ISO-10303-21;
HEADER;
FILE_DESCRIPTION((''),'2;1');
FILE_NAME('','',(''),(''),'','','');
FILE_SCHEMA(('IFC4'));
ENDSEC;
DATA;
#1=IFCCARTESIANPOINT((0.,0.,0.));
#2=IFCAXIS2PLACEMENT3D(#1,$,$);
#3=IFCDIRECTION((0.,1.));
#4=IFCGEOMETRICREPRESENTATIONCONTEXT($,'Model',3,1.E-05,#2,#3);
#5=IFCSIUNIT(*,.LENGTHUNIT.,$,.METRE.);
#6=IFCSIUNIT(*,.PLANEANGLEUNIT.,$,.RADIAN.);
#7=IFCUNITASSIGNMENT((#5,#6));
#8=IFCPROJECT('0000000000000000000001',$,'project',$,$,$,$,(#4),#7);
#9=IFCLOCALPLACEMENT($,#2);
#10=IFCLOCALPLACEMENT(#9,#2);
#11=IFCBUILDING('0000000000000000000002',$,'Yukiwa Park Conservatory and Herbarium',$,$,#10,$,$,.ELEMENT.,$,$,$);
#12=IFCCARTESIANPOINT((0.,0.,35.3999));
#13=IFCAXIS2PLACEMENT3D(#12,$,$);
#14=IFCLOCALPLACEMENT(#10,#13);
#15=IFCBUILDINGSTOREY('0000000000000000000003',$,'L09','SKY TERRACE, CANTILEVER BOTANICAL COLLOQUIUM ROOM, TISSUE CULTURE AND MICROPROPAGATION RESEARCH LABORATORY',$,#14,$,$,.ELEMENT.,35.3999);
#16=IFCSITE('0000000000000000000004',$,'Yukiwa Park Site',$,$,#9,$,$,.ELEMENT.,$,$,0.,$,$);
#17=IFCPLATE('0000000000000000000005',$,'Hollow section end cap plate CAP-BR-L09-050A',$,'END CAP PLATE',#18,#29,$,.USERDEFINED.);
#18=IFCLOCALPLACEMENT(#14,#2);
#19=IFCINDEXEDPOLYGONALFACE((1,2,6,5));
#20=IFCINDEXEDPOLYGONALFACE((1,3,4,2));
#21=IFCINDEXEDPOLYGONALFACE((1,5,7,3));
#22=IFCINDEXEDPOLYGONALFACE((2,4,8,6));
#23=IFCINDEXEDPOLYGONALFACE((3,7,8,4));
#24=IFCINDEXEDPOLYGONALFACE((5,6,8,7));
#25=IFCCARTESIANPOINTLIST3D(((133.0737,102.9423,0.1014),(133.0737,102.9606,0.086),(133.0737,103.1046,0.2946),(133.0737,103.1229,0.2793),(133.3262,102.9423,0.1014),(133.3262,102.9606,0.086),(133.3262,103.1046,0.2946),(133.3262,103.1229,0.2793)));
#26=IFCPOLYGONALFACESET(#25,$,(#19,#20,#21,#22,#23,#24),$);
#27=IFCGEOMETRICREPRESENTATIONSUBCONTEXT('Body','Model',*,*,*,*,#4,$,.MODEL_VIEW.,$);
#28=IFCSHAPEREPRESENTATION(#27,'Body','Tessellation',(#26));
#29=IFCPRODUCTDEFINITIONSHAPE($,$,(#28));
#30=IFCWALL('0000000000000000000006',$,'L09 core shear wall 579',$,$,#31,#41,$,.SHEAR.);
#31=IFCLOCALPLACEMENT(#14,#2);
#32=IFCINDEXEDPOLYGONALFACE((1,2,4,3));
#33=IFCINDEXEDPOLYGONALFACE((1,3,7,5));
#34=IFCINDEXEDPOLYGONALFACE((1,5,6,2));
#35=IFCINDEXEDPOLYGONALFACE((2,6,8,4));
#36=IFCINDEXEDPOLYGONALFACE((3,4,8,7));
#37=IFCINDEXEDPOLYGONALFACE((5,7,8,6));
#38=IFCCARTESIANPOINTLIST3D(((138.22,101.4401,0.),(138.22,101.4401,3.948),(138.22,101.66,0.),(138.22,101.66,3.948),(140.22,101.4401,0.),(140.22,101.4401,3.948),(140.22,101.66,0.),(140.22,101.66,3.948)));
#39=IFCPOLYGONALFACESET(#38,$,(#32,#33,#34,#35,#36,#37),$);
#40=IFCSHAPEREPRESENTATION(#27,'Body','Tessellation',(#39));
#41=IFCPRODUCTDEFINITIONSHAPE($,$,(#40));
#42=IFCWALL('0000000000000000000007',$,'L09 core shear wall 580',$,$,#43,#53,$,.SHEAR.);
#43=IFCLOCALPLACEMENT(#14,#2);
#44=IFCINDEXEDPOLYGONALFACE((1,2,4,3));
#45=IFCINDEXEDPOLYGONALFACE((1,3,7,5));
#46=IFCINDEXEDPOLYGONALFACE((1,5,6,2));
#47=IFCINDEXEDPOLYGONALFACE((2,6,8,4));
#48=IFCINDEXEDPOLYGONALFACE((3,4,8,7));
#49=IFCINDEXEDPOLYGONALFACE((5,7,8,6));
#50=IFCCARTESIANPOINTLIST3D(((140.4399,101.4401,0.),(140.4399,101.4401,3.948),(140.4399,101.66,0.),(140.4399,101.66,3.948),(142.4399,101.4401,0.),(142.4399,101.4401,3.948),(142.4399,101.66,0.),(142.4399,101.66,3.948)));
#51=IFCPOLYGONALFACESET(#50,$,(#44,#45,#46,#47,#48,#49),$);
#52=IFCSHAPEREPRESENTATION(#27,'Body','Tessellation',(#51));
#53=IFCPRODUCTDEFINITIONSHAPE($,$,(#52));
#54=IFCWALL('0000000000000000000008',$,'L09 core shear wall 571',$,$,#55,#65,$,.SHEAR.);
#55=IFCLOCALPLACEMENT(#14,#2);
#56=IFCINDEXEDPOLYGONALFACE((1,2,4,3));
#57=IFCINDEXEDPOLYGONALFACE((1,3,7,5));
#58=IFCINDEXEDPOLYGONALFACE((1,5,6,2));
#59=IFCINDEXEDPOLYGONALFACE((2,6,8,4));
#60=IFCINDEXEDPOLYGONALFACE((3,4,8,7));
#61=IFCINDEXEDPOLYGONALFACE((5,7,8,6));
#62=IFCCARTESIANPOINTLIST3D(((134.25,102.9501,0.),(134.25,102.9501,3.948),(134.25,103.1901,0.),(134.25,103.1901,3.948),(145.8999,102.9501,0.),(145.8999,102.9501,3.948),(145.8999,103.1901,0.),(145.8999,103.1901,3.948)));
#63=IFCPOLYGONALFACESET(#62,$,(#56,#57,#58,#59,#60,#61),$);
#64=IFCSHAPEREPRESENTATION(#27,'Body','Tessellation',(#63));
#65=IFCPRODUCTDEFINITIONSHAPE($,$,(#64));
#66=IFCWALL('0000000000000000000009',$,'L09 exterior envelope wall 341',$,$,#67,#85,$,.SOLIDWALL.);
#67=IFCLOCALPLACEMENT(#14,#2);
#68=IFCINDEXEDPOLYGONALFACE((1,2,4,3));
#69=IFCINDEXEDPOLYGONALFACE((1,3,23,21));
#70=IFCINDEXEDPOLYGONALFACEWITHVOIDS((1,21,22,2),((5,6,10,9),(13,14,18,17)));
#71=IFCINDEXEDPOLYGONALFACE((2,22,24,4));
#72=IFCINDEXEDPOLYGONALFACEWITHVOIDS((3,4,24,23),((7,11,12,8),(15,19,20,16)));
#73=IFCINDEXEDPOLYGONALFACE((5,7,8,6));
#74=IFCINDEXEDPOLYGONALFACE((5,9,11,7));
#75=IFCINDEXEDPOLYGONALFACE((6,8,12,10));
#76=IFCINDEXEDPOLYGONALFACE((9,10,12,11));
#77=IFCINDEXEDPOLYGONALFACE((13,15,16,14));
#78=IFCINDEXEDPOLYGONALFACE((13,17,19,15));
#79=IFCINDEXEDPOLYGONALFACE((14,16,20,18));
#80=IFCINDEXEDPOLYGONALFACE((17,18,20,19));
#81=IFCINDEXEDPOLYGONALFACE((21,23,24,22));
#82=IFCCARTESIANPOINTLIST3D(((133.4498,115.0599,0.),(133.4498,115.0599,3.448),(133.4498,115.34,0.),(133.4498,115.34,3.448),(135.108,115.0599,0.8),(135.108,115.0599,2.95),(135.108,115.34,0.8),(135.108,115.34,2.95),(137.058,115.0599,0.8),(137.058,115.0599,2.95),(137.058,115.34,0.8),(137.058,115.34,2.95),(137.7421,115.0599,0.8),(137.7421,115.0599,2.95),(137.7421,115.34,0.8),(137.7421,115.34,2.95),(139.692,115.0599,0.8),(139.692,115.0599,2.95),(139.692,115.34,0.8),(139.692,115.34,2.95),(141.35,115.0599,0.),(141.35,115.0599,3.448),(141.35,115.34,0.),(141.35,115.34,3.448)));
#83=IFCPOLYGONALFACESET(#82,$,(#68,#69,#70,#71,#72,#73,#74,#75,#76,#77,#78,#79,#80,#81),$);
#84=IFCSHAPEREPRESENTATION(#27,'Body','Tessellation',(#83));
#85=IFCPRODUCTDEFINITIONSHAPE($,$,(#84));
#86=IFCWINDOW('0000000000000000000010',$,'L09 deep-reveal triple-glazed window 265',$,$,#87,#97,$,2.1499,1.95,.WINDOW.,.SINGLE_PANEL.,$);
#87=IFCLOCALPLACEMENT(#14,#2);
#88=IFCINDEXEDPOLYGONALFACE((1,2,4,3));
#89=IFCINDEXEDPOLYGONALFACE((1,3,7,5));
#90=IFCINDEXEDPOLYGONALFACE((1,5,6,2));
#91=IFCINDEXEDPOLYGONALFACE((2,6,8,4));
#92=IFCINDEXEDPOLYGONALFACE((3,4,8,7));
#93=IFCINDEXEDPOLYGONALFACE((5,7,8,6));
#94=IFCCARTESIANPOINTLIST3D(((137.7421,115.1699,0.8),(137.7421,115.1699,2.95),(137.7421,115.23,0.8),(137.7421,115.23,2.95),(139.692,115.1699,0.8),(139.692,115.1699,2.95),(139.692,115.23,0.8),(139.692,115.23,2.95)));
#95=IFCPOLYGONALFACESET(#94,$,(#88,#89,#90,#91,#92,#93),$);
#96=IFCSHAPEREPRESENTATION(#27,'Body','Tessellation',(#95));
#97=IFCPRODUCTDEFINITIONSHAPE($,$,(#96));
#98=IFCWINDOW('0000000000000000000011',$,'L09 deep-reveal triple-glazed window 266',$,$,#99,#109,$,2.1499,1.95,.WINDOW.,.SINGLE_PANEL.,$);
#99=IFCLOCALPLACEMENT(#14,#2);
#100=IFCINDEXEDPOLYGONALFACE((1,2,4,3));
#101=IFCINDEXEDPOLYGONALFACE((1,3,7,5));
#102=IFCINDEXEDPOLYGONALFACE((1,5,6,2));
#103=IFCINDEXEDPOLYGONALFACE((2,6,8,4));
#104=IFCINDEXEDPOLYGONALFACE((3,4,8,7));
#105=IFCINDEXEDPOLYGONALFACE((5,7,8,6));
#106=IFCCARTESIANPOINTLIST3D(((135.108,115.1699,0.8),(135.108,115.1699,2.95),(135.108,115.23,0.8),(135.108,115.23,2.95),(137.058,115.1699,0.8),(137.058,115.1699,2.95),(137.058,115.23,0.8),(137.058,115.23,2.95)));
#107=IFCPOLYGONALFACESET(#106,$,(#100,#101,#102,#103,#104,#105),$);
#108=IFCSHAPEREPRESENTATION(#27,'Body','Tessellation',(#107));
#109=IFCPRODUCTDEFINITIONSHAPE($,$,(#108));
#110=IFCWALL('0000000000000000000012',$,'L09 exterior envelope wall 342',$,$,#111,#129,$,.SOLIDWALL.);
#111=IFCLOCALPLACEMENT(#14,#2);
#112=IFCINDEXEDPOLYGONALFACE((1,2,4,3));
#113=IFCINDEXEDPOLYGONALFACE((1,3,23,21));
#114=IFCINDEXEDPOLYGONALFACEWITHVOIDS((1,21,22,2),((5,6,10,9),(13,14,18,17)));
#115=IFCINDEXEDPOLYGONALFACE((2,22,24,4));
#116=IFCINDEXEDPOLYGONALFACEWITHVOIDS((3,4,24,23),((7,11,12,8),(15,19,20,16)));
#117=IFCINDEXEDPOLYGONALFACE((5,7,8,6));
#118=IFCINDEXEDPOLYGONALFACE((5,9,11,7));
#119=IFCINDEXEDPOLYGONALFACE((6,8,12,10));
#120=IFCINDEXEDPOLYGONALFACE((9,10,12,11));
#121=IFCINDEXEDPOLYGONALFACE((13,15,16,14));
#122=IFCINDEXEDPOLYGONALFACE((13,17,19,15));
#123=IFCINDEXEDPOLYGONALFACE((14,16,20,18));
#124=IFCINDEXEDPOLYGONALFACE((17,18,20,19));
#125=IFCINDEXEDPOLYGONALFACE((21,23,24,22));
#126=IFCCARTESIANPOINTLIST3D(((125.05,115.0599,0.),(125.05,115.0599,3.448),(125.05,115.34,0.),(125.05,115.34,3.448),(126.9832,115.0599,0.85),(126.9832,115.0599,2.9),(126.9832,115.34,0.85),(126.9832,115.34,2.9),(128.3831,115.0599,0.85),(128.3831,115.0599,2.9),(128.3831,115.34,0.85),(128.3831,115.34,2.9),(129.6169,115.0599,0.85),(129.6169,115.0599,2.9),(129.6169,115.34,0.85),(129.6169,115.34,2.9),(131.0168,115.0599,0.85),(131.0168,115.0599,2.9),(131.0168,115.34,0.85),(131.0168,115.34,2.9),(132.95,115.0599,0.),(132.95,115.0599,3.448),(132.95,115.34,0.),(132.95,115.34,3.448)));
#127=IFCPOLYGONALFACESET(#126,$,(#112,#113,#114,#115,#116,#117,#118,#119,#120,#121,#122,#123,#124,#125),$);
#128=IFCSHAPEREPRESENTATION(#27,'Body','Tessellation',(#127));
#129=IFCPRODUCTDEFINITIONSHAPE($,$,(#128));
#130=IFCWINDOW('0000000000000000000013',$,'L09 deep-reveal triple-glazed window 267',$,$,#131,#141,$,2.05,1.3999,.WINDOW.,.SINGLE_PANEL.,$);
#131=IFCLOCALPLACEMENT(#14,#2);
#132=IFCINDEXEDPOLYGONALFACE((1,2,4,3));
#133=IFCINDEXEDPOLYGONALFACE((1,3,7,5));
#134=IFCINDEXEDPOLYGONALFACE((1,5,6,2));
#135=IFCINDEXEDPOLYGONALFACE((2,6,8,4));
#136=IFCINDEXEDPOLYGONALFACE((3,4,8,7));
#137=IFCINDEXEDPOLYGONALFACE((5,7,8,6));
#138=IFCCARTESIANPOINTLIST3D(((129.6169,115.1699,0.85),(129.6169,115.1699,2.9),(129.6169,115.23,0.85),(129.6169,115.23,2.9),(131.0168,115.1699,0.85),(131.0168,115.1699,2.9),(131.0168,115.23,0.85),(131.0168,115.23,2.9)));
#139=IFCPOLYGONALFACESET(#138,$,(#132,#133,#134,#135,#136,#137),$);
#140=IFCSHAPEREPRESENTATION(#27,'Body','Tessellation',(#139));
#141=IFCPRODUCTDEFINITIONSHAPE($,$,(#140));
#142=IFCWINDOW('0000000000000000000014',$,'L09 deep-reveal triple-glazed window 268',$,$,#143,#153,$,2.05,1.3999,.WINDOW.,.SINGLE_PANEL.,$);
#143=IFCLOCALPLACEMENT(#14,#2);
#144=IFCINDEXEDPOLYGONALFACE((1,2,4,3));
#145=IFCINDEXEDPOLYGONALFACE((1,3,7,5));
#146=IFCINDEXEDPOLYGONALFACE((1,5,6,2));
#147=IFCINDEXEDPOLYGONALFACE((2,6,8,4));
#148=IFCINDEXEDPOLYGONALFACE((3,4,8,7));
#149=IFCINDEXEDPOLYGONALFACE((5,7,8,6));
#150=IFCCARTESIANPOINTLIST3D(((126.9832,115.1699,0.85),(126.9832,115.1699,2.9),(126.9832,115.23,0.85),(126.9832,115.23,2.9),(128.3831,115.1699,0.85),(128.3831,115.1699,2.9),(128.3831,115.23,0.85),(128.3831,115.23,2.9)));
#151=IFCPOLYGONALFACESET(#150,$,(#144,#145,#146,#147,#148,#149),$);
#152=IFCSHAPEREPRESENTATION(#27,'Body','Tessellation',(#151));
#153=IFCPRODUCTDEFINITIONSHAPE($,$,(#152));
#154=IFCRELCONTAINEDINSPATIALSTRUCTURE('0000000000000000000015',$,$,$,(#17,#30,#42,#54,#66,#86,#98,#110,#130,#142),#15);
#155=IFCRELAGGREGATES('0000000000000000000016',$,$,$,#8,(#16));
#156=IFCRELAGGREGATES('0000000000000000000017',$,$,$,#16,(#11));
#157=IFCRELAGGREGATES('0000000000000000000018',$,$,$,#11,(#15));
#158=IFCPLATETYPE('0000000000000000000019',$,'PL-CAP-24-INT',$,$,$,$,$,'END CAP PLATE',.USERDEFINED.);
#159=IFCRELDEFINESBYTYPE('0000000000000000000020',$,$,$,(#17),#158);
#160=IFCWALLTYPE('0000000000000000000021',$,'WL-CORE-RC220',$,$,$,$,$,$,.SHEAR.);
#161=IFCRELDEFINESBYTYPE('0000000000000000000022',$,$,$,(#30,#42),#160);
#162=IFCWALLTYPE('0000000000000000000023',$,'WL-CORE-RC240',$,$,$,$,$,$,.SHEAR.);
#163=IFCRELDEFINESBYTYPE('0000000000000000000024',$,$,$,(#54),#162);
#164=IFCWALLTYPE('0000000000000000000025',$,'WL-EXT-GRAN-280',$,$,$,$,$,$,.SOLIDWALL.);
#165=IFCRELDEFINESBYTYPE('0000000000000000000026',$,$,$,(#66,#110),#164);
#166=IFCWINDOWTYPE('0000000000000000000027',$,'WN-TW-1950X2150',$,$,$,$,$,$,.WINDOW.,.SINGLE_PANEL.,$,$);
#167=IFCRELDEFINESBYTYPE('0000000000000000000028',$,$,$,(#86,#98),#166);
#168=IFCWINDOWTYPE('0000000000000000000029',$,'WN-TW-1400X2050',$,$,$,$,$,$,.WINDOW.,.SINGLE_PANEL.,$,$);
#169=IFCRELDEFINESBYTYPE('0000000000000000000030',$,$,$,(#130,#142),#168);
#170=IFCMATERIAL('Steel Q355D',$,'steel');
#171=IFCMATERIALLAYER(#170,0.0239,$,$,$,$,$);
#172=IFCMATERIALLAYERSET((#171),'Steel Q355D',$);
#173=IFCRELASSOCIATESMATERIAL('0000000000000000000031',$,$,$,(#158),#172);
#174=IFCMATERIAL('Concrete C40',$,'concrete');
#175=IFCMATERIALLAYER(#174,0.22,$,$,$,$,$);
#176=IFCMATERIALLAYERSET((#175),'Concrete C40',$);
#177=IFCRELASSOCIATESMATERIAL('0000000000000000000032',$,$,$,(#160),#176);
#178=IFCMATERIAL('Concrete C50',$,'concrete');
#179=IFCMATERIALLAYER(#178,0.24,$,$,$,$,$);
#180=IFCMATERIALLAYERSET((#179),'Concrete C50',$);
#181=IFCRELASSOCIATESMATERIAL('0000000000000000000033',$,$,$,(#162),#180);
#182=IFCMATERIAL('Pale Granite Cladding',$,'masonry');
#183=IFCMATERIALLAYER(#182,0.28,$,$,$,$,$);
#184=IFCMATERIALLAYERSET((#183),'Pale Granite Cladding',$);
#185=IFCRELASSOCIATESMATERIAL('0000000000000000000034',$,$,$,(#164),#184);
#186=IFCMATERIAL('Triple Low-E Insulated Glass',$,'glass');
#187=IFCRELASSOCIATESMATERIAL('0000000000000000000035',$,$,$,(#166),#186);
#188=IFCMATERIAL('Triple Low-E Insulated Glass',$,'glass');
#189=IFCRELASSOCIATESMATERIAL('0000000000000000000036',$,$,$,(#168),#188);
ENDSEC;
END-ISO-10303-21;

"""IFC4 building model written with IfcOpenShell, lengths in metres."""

from ifc_helpers import new_model, si_unit, direction, frame, frame_2d, origin, origin_2d, place, context, subcontext, project, spatial, rectangle, extrude, material, layer, layer_set, type_object, element, fill, save


model = new_model("IFC4")

# Units and contexts
model_context = context("Model", 3, precision=1e-05, world=origin(), true_north=direction((0.0, 1.0)))
body_context = subcontext(model_context, "Body", "Model", "MODEL_VIEW")
ifc_project = project(units=[si_unit("LENGTHUNIT", "METRE"), si_unit("PLANEANGLEUNIT", "RADIAN")], contexts=[model_context])

# Site, building, storey
site_placement = place(None, origin())
site = spatial("IfcSite", under=ifc_project, at=site_placement, Name="Yukiwa Park Site", CompositionType="ELEMENT", RefElevation=0.0)
building_placement = place(site_placement, origin())
building = spatial("IfcBuilding", under=site, at=building_placement, Name="Yukiwa Park Conservatory and Herbarium", CompositionType="ELEMENT")
storey_placement = place(building_placement, frame((0.0, 0.0, 35.3999)))
storey = spatial("IfcBuildingStorey", under=building, at=storey_placement, Name="L09", Description="SKY TERRACE, CANTILEVER BOTANICAL COLLOQUIUM ROOM, TISSUE CULTURE AND MICROPROPAGATION RESEARCH LABORATORY", CompositionType="ELEMENT", Elevation=35.3999)

# Plate
ifc_material_1 = material(Name="Steel Q355D", Category="steel")
ifc_layer_1 = layer(ifc_material_1, 0.0239)
ifc_layer_set_1 = layer_set([ifc_layer_1], Name="Steel Q355D")
plate_type = type_object("IfcPlateType", Name="PL-CAP-24-INT", ElementType="END CAP PLATE", PredefinedType="USERDEFINED", material=ifc_layer_set_1)
plate_placement = place(storey_placement, frame((133.2, 103.0234, 0.198), z_axis=(0.0, 0.765705, -0.643192), x_axis=(-1.0, 0.0, 0.0)))
element("IfcPlate", 1, at=plate_placement, inside=storey, type_object=plate_type, Name="Hollow section end cap plate CAP-BR-L09-050A", ObjectType="END CAP PLATE", PredefinedType="USERDEFINED", context=body_context, shape_type="SweptSolid", body=[
    extrude(rectangle(XDim=0.2524, YDim=0.2524, at=origin_2d()), origin(), (0.0, 0.0, 1.0), 0.0239),
])

# Walls
ifc_material_2 = material(Name="Concrete C40", Category="concrete")
ifc_layer_2 = layer(ifc_material_2, 0.22)
ifc_layer_set_2 = layer_set([ifc_layer_2], Name="Concrete C40")
wall_type_1 = type_object("IfcWallType", Name="WL-CORE-RC220", PredefinedType="SHEAR", material=ifc_layer_set_2)
for number, where, z_axis, x_axis, name in (
    (2, (138.22, 101.55, 0.0), (0.0, 0.0, 1.0), (1.0, 0.0, 0.0), "L09 core shear wall 579"),
    (3, (140.4399, 101.55, 0.0), (0.0, 0.0, 1.0), (1.0, 0.0, 0.0), "L09 core shear wall 580"),
):
    element("IfcWall", number, at=place(storey_placement, frame(where, z_axis=z_axis, x_axis=x_axis)), inside=storey, type_object=wall_type_1, Name=name, PredefinedType="SHEAR", context=body_context, shape_type="SweptSolid", body=[
        extrude(rectangle(XDim=2.0, YDim=0.22, at=frame_2d((1.0, 0.0))), origin(), (0.0, 0.0, 1.0), 3.948),
    ])
ifc_material_3 = material(Name="Concrete C50", Category="concrete")
ifc_layer_3 = layer(ifc_material_3, 0.24)
ifc_layer_set_3 = layer_set([ifc_layer_3], Name="Concrete C50")
wall_type_2 = type_object("IfcWallType", Name="WL-CORE-RC240", PredefinedType="SHEAR", material=ifc_layer_set_3)
wall_1_placement = place(storey_placement, frame((134.25, 103.0701, 0.0), z_axis=(0.0, 0.0, 1.0), x_axis=(1.0, 0.0, 0.0)))
element("IfcWall", 4, at=wall_1_placement, inside=storey, type_object=wall_type_2, Name="L09 core shear wall 571", PredefinedType="SHEAR", context=body_context, shape_type="SweptSolid", body=[
    extrude(rectangle(XDim=11.6499, YDim=0.24, at=frame_2d((5.825, 0.0))), origin(), (0.0, 0.0, 1.0), 3.948),
])

# Walls, openings, windows
ifc_material_4 = material(Name="Pale Granite Cladding", Category="masonry")
ifc_layer_4 = layer(ifc_material_4, 0.28)
ifc_layer_set_4 = layer_set([ifc_layer_4], Name="Pale Granite Cladding")
wall_type_3 = type_object("IfcWallType", Name="WL-EXT-GRAN-280", PredefinedType="SOLIDWALL", material=ifc_layer_set_4)
wall_2_placement = place(storey_placement, frame((141.3501, 115.2, 0.0), z_axis=(0.0, 0.0, 1.0), x_axis=(-1.0, 0.0, 0.0)))
wall_2 = element("IfcWall", 5, at=wall_2_placement, inside=storey, type_object=wall_type_3, Name="L09 exterior envelope wall 341", PredefinedType="SOLIDWALL", context=body_context, shape_type="SweptSolid", body=[
    extrude(rectangle(XDim=7.9001, YDim=0.28, at=frame_2d((3.9502, 0.0))), origin(), (0.0, 0.0, 1.0), 3.448),
])
opening_1_placement = place(wall_2_placement, frame((1.658, 0.0, 0.8)))
opening_1 = element("IfcOpeningElement", 6, at=opening_1_placement, cuts=wall_2, PredefinedType="OPENING", context=body_context, shape_type="SweptSolid", body=[
    extrude(rectangle(XDim=1.95, YDim=2.1499, at=frame_2d((0.9751, 1.075))), frame((0.0, 0.1499, 0.0), z_axis=(0.0, -1.0, 0.0), x_axis=(1.0, 0.0, 0.0)), (0.0, 0.0, 1.0), 0.3),
])
opening_2_placement = place(wall_2_placement, frame((4.292, 0.0, 0.8)))
opening_2 = element("IfcOpeningElement", 7, at=opening_2_placement, cuts=wall_2, PredefinedType="OPENING", context=body_context, shape_type="SweptSolid", body=[
    extrude(rectangle(XDim=1.95, YDim=2.1499, at=frame_2d((0.9751, 1.075))), frame((0.0, 0.1499, 0.0), z_axis=(0.0, -1.0, 0.0), x_axis=(1.0, 0.0, 0.0)), (0.0, 0.0, 1.0), 0.3),
])
ifc_material_5 = material(Name="Triple Low-E Insulated Glass", Category="glass")
window_type_1 = type_object("IfcWindowType", Name="WN-TW-1950X2150", PartitioningType="SINGLE_PANEL", PredefinedType="WINDOW", material=ifc_material_5)
window_1_placement = place(opening_1_placement, origin())
window_1 = element("IfcWindow", 8, at=window_1_placement, inside=storey, type_object=window_type_1, Name="L09 deep-reveal triple-glazed window 265", OverallHeight=2.1499, OverallWidth=1.95, PartitioningType="SINGLE_PANEL", PredefinedType="WINDOW", context=body_context, shape_type="SweptSolid", body=[
    extrude(rectangle(XDim=1.95, YDim=2.1499, at=frame_2d((0.9751, 1.075))), frame((0.0, 0.03, 0.0), z_axis=(0.0, -1.0, 0.0), x_axis=(1.0, 0.0, 0.0)), (0.0, 0.0, 1.0), 0.0601),
])
fill(opening_1, window_1)
window_2_placement = place(opening_2_placement, origin())
window_2 = element("IfcWindow", 9, at=window_2_placement, inside=storey, type_object=window_type_1, Name="L09 deep-reveal triple-glazed window 266", OverallHeight=2.1499, OverallWidth=1.95, PartitioningType="SINGLE_PANEL", PredefinedType="WINDOW", context=body_context, shape_type="SweptSolid", body=[
    extrude(rectangle(XDim=1.95, YDim=2.1499, at=frame_2d((0.9751, 1.075))), frame((0.0, 0.03, 0.0), z_axis=(0.0, -1.0, 0.0), x_axis=(1.0, 0.0, 0.0)), (0.0, 0.0, 1.0), 0.0601),
])
fill(opening_2, window_2)
wall_3_placement = place(storey_placement, frame((132.95, 115.2, 0.0), z_axis=(0.0, 0.0, 1.0), x_axis=(-1.0, 0.0, 0.0)))
wall_3 = element("IfcWall", 10, at=wall_3_placement, inside=storey, type_object=wall_type_3, Name="L09 exterior envelope wall 342", PredefinedType="SOLIDWALL", context=body_context, shape_type="SweptSolid", body=[
    extrude(rectangle(XDim=7.8999, YDim=0.28, at=frame_2d((3.95, 0.0))), origin(), (0.0, 0.0, 1.0), 3.448),
])
opening_3_placement = place(wall_3_placement, frame((1.9331, 0.0, 0.8501)))
opening_3 = element("IfcOpeningElement", 11, at=opening_3_placement, cuts=wall_3, PredefinedType="OPENING", context=body_context, shape_type="SweptSolid", body=[
    extrude(rectangle(XDim=1.3999, YDim=2.05, at=frame_2d((0.7, 1.0249))), frame((0.0, 0.1499, 0.0), z_axis=(0.0, -1.0, 0.0), x_axis=(1.0, 0.0, 0.0)), (0.0, 0.0, 1.0), 0.3),
])
opening_4_placement = place(wall_3_placement, frame((4.5669, 0.0, 0.8501)))
opening_4 = element("IfcOpeningElement", 12, at=opening_4_placement, cuts=wall_3, PredefinedType="OPENING", context=body_context, shape_type="SweptSolid", body=[
    extrude(rectangle(XDim=1.3999, YDim=2.05, at=frame_2d((0.7, 1.0249))), frame((0.0, 0.1499, 0.0), z_axis=(0.0, -1.0, 0.0), x_axis=(1.0, 0.0, 0.0)), (0.0, 0.0, 1.0), 0.3),
])
ifc_material_6 = material(Name="Triple Low-E Insulated Glass", Category="glass")
window_type_2 = type_object("IfcWindowType", Name="WN-TW-1400X2050", PartitioningType="SINGLE_PANEL", PredefinedType="WINDOW", material=ifc_material_6)
window_3_placement = place(opening_3_placement, origin())
window_3 = element("IfcWindow", 13, at=window_3_placement, inside=storey, type_object=window_type_2, Name="L09 deep-reveal triple-glazed window 267", OverallHeight=2.05, OverallWidth=1.3999, PartitioningType="SINGLE_PANEL", PredefinedType="WINDOW", context=body_context, shape_type="SweptSolid", body=[
    extrude(rectangle(XDim=1.3999, YDim=2.05, at=frame_2d((0.7, 1.0249))), frame((0.0, 0.03, 0.0), z_axis=(0.0, -1.0, 0.0), x_axis=(1.0, 0.0, 0.0)), (0.0, 0.0, 1.0), 0.0601),
])
fill(opening_3, window_3)
window_4_placement = place(opening_4_placement, origin())
window_4 = element("IfcWindow", 14, at=window_4_placement, inside=storey, type_object=window_type_2, Name="L09 deep-reveal triple-glazed window 268", OverallHeight=2.05, OverallWidth=1.3999, PartitioningType="SINGLE_PANEL", PredefinedType="WINDOW", context=body_context, shape_type="SweptSolid", body=[
    extrude(rectangle(XDim=1.3999, YDim=2.05, at=frame_2d((0.7, 1.0249))), frame((0.0, 0.03, 0.0), z_axis=(0.0, -1.0, 0.0), x_axis=(1.0, 0.0, 0.0)), (0.0, 0.0, 1.0), 0.0601),
])
fill(opening_4, window_4)

save(model, "model.ifc")
